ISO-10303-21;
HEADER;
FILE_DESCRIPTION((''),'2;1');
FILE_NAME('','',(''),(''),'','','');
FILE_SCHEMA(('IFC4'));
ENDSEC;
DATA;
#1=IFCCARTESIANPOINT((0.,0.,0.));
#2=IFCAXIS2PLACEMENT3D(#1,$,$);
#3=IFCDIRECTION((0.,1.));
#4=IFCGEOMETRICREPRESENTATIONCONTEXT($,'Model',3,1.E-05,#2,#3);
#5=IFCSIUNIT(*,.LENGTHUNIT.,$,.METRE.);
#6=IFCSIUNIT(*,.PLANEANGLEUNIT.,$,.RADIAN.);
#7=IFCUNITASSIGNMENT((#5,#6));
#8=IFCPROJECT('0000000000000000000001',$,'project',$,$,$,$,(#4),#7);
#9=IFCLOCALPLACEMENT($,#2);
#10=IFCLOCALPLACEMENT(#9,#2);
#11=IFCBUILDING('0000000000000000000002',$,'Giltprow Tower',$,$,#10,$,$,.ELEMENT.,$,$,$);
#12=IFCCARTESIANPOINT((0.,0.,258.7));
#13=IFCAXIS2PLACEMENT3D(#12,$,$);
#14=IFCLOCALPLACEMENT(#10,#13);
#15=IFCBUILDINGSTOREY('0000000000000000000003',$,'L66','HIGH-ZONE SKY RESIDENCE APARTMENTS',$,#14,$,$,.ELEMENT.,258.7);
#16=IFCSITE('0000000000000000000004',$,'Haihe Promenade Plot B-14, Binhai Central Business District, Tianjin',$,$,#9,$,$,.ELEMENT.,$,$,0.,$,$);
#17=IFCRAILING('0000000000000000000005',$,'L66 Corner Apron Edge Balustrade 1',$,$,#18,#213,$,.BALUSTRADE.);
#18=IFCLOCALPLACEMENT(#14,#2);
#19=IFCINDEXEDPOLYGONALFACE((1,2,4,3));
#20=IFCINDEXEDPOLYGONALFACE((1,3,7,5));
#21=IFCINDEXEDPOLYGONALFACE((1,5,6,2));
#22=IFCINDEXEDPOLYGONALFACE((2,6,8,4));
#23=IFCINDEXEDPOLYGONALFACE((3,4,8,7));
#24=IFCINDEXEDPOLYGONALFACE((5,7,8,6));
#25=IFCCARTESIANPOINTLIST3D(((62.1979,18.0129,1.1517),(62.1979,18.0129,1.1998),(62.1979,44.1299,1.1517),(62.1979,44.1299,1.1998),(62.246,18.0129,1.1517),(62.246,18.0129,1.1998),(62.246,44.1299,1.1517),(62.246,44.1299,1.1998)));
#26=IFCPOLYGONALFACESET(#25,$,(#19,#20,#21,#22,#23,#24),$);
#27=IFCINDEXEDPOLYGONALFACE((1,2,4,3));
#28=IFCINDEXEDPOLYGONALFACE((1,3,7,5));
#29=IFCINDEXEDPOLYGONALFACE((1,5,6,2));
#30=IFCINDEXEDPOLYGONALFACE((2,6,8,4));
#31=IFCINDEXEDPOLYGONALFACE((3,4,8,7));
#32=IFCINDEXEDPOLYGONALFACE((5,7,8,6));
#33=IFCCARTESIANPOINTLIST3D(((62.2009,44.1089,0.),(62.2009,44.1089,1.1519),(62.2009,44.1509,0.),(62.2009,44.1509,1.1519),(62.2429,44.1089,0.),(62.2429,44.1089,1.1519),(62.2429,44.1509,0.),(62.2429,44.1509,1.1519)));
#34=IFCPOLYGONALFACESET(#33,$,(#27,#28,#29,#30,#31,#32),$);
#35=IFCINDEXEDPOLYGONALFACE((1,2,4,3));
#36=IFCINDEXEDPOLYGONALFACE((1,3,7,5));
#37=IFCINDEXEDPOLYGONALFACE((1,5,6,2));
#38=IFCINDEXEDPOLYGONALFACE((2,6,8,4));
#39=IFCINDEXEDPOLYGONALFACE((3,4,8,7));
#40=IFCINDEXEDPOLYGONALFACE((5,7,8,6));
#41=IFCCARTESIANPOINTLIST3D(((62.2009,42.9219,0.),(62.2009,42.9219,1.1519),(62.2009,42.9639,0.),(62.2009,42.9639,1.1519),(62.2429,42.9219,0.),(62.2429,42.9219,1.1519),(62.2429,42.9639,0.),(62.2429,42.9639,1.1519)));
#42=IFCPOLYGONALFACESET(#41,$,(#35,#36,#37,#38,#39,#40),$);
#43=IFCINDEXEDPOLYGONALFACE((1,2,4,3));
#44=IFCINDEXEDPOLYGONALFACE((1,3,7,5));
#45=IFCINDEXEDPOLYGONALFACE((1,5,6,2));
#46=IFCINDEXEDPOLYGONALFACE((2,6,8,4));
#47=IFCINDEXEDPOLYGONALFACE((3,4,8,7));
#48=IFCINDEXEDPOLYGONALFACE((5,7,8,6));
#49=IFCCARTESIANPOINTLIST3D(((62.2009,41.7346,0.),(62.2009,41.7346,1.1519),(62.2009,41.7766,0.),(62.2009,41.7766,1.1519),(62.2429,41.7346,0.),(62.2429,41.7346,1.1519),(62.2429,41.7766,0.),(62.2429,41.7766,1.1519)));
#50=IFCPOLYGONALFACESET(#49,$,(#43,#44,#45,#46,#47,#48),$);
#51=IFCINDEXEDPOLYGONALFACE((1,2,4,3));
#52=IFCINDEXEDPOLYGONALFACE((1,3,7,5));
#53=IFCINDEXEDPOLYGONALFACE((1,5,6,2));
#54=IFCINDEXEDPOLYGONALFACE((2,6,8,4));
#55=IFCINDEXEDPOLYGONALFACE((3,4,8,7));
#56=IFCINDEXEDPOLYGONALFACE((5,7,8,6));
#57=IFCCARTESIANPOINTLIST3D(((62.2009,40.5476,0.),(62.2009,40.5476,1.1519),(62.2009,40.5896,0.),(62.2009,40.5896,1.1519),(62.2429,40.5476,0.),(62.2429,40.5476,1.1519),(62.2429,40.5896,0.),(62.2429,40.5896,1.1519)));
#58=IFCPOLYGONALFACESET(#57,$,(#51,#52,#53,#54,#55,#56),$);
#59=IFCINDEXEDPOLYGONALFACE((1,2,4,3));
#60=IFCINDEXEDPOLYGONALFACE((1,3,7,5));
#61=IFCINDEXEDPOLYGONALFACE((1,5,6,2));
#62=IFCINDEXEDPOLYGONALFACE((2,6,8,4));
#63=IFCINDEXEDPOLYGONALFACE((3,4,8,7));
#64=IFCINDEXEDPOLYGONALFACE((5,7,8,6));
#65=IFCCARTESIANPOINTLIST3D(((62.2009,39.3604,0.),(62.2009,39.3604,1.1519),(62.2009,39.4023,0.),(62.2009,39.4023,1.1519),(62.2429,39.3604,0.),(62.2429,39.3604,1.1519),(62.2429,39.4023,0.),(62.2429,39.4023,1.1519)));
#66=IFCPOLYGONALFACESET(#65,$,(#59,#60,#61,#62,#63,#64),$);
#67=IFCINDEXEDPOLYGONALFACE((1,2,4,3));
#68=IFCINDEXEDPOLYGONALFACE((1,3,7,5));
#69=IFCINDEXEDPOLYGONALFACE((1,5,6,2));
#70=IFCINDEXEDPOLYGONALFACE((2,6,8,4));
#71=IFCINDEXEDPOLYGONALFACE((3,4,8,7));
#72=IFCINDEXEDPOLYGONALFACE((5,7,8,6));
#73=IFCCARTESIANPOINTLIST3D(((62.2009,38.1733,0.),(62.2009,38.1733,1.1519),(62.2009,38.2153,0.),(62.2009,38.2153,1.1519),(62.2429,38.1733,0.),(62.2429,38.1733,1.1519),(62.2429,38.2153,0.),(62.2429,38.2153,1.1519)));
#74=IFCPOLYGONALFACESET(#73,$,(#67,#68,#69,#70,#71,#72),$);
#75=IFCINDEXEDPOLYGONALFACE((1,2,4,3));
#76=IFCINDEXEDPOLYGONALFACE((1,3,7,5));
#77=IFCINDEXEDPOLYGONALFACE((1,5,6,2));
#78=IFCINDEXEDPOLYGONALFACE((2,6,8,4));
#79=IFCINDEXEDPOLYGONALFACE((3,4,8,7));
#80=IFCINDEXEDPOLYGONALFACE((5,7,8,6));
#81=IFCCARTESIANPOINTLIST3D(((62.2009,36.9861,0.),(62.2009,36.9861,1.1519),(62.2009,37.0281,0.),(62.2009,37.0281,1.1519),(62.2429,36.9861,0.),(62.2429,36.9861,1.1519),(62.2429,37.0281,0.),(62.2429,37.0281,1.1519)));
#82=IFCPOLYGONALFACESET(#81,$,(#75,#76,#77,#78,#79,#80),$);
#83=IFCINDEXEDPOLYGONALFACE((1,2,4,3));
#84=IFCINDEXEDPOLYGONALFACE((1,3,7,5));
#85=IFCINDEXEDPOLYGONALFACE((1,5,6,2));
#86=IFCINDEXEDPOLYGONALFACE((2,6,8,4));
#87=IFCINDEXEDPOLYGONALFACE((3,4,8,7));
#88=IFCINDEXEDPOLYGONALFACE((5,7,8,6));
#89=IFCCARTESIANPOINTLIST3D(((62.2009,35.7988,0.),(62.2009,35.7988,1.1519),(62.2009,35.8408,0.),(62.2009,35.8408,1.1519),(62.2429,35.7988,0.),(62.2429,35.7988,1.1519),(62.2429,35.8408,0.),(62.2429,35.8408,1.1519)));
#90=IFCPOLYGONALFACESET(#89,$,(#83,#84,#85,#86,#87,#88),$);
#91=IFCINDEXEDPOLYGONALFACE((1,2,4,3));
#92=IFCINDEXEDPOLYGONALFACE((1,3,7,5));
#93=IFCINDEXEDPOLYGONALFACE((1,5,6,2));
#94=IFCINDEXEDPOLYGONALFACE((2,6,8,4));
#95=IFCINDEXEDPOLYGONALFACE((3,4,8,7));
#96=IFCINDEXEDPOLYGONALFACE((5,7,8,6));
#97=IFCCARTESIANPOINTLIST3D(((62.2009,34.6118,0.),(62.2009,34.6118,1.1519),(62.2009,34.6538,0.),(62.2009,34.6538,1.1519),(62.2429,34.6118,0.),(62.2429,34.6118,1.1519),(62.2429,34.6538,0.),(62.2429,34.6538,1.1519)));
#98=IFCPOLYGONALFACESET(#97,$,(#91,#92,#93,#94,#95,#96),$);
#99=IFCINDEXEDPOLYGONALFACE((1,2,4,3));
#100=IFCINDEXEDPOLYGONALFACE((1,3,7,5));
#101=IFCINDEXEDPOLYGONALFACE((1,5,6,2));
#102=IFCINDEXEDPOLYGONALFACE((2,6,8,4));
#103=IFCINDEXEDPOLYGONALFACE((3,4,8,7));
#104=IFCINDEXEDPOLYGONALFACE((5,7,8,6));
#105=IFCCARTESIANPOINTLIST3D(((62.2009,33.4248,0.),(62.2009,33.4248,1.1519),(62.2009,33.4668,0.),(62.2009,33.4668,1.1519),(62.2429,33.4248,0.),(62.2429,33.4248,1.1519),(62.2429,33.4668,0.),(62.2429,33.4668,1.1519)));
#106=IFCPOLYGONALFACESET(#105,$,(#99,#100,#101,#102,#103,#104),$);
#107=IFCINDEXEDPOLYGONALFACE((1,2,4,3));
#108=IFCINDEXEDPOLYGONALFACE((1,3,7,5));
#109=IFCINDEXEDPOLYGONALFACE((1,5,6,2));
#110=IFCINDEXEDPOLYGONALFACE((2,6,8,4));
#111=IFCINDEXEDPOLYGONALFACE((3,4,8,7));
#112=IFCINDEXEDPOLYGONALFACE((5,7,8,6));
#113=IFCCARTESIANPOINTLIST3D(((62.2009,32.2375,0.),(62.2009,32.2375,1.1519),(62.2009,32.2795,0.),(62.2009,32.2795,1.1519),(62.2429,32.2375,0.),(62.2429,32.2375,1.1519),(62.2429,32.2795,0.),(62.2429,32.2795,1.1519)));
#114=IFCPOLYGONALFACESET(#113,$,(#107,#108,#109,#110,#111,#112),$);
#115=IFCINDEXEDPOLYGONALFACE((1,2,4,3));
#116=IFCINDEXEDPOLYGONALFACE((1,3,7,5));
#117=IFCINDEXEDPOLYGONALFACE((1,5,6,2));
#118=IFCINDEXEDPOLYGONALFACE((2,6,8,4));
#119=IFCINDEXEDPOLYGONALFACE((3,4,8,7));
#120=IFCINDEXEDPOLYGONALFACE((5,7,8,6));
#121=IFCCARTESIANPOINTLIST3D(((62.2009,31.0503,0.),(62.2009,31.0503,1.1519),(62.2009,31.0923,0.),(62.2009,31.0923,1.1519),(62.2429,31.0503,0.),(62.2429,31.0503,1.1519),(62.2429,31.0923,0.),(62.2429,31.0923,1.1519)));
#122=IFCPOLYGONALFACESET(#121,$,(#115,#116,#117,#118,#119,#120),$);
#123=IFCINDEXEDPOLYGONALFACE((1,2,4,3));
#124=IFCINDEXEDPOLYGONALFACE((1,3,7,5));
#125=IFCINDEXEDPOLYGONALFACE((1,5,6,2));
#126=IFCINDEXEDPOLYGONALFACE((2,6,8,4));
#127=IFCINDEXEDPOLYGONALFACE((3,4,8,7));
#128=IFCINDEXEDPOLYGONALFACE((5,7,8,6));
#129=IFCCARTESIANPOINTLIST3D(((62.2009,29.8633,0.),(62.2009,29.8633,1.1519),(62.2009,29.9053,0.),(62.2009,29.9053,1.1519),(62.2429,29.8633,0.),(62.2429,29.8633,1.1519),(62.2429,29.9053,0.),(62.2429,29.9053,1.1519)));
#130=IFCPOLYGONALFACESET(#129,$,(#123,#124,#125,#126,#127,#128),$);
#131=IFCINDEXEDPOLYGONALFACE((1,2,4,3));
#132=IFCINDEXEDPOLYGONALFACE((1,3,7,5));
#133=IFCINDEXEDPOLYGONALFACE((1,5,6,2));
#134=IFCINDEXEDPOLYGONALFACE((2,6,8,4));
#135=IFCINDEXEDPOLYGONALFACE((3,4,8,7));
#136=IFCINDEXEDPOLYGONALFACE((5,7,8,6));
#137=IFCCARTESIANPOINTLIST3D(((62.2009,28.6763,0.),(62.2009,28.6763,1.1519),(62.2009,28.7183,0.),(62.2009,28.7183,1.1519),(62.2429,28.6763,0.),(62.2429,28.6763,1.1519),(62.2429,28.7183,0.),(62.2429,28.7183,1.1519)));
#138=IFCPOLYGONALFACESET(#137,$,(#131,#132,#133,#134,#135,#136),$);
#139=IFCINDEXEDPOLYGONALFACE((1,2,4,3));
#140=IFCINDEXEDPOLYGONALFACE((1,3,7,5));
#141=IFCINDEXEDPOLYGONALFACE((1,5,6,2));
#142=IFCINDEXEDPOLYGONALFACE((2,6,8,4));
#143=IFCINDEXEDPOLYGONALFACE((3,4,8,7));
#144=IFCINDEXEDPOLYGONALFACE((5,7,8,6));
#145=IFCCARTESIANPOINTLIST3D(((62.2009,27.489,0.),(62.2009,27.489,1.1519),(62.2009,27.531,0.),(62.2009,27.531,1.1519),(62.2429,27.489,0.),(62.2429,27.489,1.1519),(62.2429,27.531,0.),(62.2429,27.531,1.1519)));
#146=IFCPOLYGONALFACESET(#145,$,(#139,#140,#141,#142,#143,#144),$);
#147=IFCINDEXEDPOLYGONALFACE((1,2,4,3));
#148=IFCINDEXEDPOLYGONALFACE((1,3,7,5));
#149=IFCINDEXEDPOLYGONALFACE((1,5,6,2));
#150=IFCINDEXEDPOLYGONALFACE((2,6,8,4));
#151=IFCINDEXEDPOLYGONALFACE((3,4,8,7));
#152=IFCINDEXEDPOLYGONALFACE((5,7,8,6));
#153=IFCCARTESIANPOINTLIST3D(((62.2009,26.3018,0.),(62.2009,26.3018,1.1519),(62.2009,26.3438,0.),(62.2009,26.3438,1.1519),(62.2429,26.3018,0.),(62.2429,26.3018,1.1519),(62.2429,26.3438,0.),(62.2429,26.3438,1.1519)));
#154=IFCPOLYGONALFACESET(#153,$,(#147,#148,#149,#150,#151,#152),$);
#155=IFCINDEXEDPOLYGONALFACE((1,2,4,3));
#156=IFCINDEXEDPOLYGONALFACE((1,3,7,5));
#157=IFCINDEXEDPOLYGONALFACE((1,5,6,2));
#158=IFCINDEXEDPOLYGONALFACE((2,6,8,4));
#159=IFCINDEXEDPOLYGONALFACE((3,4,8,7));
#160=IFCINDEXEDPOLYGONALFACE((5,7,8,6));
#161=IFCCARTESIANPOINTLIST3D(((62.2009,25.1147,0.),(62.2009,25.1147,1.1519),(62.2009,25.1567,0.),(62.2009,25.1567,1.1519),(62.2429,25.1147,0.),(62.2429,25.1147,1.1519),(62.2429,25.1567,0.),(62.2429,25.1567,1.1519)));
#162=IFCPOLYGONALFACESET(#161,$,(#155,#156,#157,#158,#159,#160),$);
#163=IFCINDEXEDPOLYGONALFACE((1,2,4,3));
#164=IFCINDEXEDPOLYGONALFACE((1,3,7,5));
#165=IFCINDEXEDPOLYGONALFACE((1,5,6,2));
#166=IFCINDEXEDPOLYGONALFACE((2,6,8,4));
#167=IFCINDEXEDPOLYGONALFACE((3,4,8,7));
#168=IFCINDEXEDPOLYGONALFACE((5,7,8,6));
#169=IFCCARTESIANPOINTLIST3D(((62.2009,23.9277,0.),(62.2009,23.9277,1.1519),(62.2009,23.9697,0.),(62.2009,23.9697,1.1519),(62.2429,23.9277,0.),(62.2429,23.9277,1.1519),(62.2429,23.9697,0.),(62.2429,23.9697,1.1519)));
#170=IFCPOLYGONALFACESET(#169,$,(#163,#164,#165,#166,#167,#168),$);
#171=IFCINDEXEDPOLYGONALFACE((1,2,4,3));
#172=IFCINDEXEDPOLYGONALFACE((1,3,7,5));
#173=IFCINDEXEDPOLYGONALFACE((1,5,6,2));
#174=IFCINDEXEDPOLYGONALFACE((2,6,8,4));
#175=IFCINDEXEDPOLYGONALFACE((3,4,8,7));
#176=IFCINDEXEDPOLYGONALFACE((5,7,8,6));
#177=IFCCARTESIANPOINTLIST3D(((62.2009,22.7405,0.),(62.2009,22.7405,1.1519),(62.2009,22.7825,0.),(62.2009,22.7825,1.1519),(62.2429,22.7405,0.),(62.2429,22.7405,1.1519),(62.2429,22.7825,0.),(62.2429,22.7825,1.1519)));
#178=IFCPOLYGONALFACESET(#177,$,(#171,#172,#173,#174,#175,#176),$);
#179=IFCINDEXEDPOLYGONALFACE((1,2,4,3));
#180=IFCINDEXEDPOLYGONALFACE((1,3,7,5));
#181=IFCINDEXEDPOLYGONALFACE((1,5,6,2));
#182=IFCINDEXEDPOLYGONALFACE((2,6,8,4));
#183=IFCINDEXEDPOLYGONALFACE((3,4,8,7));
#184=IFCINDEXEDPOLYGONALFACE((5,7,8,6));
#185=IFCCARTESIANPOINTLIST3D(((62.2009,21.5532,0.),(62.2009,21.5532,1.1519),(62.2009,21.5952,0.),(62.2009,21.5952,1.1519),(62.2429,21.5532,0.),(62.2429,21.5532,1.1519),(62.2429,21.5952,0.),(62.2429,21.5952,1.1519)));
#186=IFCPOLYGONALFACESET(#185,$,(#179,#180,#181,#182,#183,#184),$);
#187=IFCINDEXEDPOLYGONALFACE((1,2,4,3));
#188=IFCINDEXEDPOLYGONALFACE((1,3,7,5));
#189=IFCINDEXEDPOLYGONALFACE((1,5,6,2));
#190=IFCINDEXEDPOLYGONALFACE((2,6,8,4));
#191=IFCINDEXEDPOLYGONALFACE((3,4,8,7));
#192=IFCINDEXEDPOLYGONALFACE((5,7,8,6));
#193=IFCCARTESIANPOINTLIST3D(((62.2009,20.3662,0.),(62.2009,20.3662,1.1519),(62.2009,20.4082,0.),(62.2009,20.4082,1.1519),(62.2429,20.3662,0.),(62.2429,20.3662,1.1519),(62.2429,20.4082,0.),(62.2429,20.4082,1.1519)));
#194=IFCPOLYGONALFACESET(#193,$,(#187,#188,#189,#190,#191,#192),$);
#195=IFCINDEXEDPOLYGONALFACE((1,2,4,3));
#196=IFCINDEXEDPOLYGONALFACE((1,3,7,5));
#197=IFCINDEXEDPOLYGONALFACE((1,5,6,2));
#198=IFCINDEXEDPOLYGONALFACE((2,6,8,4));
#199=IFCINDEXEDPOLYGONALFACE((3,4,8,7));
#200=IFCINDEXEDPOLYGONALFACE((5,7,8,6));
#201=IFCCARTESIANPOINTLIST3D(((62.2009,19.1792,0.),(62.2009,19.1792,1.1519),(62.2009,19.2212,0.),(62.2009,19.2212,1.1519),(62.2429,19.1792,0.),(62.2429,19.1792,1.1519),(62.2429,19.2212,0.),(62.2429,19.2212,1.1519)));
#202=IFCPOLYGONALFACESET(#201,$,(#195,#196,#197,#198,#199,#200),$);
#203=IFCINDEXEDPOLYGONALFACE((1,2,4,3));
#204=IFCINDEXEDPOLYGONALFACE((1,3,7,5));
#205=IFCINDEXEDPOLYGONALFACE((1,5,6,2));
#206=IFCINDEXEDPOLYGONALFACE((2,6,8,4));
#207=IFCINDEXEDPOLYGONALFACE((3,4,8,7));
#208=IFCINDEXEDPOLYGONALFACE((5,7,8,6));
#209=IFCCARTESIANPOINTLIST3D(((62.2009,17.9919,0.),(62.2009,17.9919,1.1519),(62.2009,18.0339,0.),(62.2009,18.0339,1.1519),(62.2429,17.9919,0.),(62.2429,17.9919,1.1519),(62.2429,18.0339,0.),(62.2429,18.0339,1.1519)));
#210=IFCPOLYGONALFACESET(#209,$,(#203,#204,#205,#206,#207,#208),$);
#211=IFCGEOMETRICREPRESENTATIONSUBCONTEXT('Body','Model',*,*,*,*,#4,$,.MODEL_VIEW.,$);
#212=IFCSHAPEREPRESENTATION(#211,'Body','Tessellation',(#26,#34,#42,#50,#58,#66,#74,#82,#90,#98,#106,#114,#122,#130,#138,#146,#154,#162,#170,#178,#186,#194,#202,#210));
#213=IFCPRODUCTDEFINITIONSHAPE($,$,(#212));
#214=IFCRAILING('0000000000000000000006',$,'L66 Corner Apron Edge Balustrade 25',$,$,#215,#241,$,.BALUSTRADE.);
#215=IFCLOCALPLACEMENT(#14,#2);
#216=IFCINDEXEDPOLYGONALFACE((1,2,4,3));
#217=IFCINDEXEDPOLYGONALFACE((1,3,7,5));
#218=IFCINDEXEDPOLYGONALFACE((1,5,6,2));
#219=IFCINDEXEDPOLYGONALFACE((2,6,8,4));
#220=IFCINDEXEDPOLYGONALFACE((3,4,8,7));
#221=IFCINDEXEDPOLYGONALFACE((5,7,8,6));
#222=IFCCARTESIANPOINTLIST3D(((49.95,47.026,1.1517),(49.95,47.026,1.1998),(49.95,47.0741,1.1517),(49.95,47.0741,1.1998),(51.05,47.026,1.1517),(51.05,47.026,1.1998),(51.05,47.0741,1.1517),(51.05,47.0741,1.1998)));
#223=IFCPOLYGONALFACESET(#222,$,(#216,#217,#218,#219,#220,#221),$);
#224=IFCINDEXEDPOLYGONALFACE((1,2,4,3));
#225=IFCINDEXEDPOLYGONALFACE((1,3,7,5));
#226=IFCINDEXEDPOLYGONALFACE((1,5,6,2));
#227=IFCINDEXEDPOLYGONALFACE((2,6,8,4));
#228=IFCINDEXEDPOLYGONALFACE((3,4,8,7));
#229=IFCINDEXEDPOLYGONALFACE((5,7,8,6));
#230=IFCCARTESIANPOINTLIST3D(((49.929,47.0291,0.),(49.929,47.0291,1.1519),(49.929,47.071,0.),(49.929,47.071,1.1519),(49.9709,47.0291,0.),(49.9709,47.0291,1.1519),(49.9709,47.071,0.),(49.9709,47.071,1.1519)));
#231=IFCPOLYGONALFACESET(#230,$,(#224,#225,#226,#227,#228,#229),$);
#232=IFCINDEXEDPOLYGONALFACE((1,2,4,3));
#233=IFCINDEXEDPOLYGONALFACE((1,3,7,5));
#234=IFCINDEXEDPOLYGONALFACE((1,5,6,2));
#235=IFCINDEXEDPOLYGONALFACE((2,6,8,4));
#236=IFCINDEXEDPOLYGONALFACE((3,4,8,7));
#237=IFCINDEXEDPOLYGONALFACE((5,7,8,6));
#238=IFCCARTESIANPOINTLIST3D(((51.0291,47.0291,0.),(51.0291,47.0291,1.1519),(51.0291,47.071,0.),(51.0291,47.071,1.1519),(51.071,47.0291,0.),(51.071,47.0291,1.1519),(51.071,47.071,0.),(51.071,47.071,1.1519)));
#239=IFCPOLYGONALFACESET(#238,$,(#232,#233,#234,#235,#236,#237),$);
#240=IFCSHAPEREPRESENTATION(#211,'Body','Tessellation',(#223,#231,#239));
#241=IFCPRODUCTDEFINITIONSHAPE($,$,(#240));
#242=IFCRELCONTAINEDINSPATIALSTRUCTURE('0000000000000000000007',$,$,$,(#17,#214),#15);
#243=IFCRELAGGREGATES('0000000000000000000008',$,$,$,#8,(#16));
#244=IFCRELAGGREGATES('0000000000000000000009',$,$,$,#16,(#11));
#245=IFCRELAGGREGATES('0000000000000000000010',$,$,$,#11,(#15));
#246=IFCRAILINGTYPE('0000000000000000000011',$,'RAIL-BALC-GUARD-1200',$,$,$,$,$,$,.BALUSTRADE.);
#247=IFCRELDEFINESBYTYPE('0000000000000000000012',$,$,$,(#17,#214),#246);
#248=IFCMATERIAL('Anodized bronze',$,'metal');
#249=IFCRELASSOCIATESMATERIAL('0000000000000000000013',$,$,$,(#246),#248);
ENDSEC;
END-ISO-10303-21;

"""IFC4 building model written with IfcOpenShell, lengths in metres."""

from ifc_helpers import new_model, si_unit, direction, frame, origin, origin_2d, place, context, subcontext, project, spatial, rectangle, extrude, material, type_object, element, save


model = new_model("IFC4")

# Units and contexts
model_context = context("Model", 3, precision=1e-05, world=origin(), true_north=direction((0.0, 1.0)))
body_context = subcontext(model_context, "Body", "Model", "MODEL_VIEW")
ifc_project = project(units=[si_unit("LENGTHUNIT", "METRE"), si_unit("PLANEANGLEUNIT", "RADIAN")], contexts=[model_context])

# Site, building, storey
site_placement = place(None, origin())
site = spatial("IfcSite", under=ifc_project, at=site_placement, Name="Haihe Promenade Plot B-14, Binhai Central Business District, Tianjin", CompositionType="ELEMENT", RefElevation=0.0)
building_placement = place(site_placement, origin())
building = spatial("IfcBuilding", under=site, at=building_placement, Name="Giltprow Tower", CompositionType="ELEMENT")
storey_placement = place(building_placement, frame((0.0, 0.0, 258.7)))
storey = spatial("IfcBuildingStorey", under=building, at=storey_placement, Name="L66", Description="HIGH-ZONE SKY RESIDENCE APARTMENTS", CompositionType="ELEMENT", Elevation=258.7)

# Railings
ifc_material_1 = material(Name="Anodized bronze", Category="metal")
railing_type = type_object("IfcRailingType", Name="RAIL-BALC-GUARD-1200", PredefinedType="BALUSTRADE", material=ifc_material_1)
railing_1_placement = place(storey_placement, frame((62.2219, 44.1299, 0.0)))
element("IfcRailing", 1, at=railing_1_placement, inside=storey, type_object=railing_type, Name="L66 Corner Apron Edge Balustrade 1", PredefinedType="BALUSTRADE", context=body_context, shape_type="SweptSolid", body=[
    extrude(rectangle(XDim=0.0481, YDim=0.0481, at=origin_2d()), frame((0.0, 0.0, 1.1758), z_axis=(0.0, -1.0, 0.0), x_axis=(1.0, 0.0, 0.0)), (0.0, 0.0, 1.0), 26.1169),
    extrude(rectangle(XDim=0.042, YDim=0.042, at=origin_2d()), origin(), (0.0, 0.0, 1.0), 1.1519),
    extrude(rectangle(XDim=0.042, YDim=0.042, at=origin_2d()), frame((0.0, -1.187, 0.0)), (0.0, 0.0, 1.0), 1.1519),
    extrude(rectangle(XDim=0.042, YDim=0.042, at=origin_2d()), frame((0.0, -2.3743, 0.0)), (0.0, 0.0, 1.0), 1.1519),
    extrude(rectangle(XDim=0.042, YDim=0.042, at=origin_2d()), frame((0.0, -3.5613, 0.0)), (0.0, 0.0, 1.0), 1.1519),
    extrude(rectangle(XDim=0.042, YDim=0.042, at=origin_2d()), frame((0.0, -4.7485, 0.0)), (0.0, 0.0, 1.0), 1.1519),
    extrude(rectangle(XDim=0.042, YDim=0.042, at=origin_2d()), frame((0.0, -5.9355, 0.0)), (0.0, 0.0, 1.0), 1.1519),
    extrude(rectangle(XDim=0.042, YDim=0.042, at=origin_2d()), frame((0.0, -7.1228, 0.0)), (0.0, 0.0, 1.0), 1.1519),
    extrude(rectangle(XDim=0.042, YDim=0.042, at=origin_2d()), frame((0.0, -8.3101, 0.0)), (0.0, 0.0, 1.0), 1.1519),
    extrude(rectangle(XDim=0.042, YDim=0.042, at=origin_2d()), frame((0.0, -9.4971, 0.0)), (0.0, 0.0, 1.0), 1.1519),
    extrude(rectangle(XDim=0.042, YDim=0.042, at=origin_2d()), frame((0.0, -10.6841, 0.0)), (0.0, 0.0, 1.0), 1.1519),
    extrude(rectangle(XDim=0.042, YDim=0.042, at=origin_2d()), frame((0.0, -11.8713, 0.0)), (0.0, 0.0, 1.0), 1.1519),
    extrude(rectangle(XDim=0.042, YDim=0.042, at=origin_2d()), frame((0.0, -13.0586, 0.0)), (0.0, 0.0, 1.0), 1.1519),
    extrude(rectangle(XDim=0.042, YDim=0.042, at=origin_2d()), frame((0.0, -14.2456, 0.0)), (0.0, 0.0, 1.0), 1.1519),
    extrude(rectangle(XDim=0.042, YDim=0.042, at=origin_2d()), frame((0.0, -15.4326, 0.0)), (0.0, 0.0, 1.0), 1.1519),
    extrude(rectangle(XDim=0.042, YDim=0.042, at=origin_2d()), frame((0.0, -16.6199, 0.0)), (0.0, 0.0, 1.0), 1.1519),
    extrude(rectangle(XDim=0.042, YDim=0.042, at=origin_2d()), frame((0.0, -17.8071, 0.0)), (0.0, 0.0, 1.0), 1.1519),
    extrude(rectangle(XDim=0.042, YDim=0.042, at=origin_2d()), frame((0.0, -18.9941, 0.0)), (0.0, 0.0, 1.0), 1.1519),
    extrude(rectangle(XDim=0.042, YDim=0.042, at=origin_2d()), frame((0.0, -20.1812, 0.0)), (0.0, 0.0, 1.0), 1.1519),
    extrude(rectangle(XDim=0.042, YDim=0.042, at=origin_2d()), frame((0.0, -21.3684, 0.0)), (0.0, 0.0, 1.0), 1.1519),
    extrude(rectangle(XDim=0.042, YDim=0.042, at=origin_2d()), frame((0.0, -22.5557, 0.0)), (0.0, 0.0, 1.0), 1.1519),
    extrude(rectangle(XDim=0.042, YDim=0.042, at=origin_2d()), frame((0.0, -23.7427, 0.0)), (0.0, 0.0, 1.0), 1.1519),
    extrude(rectangle(XDim=0.042, YDim=0.042, at=origin_2d()), frame((0.0, -24.9297, 0.0)), (0.0, 0.0, 1.0), 1.1519),
    extrude(rectangle(XDim=0.042, YDim=0.042, at=origin_2d()), frame((0.0, -26.1169, 0.0)), (0.0, 0.0, 1.0), 1.1519),
])
railing_2_placement = place(storey_placement, frame((49.95, 47.05, 0.0)))
element("IfcRailing", 2, at=railing_2_placement, inside=storey, type_object=railing_type, Name="L66 Corner Apron Edge Balustrade 25", PredefinedType="BALUSTRADE", context=body_context, shape_type="SweptSolid", body=[
    extrude(rectangle(XDim=0.0481, YDim=0.0481, at=origin_2d()), frame((0.0, 0.0, 1.1758), z_axis=(1.0, 0.0, 0.0), x_axis=(0.0, 1.0, 0.0)), (0.0, 0.0, 1.0), 1.1001),
    extrude(rectangle(XDim=0.042, YDim=0.042, at=origin_2d()), origin(), (0.0, 0.0, 1.0), 1.1519),
    extrude(rectangle(XDim=0.042, YDim=0.042, at=origin_2d()), frame((1.1001, 0.0, 0.0)), (0.0, 0.0, 1.0), 1.1519),
])

save(model, "model.ifc")
